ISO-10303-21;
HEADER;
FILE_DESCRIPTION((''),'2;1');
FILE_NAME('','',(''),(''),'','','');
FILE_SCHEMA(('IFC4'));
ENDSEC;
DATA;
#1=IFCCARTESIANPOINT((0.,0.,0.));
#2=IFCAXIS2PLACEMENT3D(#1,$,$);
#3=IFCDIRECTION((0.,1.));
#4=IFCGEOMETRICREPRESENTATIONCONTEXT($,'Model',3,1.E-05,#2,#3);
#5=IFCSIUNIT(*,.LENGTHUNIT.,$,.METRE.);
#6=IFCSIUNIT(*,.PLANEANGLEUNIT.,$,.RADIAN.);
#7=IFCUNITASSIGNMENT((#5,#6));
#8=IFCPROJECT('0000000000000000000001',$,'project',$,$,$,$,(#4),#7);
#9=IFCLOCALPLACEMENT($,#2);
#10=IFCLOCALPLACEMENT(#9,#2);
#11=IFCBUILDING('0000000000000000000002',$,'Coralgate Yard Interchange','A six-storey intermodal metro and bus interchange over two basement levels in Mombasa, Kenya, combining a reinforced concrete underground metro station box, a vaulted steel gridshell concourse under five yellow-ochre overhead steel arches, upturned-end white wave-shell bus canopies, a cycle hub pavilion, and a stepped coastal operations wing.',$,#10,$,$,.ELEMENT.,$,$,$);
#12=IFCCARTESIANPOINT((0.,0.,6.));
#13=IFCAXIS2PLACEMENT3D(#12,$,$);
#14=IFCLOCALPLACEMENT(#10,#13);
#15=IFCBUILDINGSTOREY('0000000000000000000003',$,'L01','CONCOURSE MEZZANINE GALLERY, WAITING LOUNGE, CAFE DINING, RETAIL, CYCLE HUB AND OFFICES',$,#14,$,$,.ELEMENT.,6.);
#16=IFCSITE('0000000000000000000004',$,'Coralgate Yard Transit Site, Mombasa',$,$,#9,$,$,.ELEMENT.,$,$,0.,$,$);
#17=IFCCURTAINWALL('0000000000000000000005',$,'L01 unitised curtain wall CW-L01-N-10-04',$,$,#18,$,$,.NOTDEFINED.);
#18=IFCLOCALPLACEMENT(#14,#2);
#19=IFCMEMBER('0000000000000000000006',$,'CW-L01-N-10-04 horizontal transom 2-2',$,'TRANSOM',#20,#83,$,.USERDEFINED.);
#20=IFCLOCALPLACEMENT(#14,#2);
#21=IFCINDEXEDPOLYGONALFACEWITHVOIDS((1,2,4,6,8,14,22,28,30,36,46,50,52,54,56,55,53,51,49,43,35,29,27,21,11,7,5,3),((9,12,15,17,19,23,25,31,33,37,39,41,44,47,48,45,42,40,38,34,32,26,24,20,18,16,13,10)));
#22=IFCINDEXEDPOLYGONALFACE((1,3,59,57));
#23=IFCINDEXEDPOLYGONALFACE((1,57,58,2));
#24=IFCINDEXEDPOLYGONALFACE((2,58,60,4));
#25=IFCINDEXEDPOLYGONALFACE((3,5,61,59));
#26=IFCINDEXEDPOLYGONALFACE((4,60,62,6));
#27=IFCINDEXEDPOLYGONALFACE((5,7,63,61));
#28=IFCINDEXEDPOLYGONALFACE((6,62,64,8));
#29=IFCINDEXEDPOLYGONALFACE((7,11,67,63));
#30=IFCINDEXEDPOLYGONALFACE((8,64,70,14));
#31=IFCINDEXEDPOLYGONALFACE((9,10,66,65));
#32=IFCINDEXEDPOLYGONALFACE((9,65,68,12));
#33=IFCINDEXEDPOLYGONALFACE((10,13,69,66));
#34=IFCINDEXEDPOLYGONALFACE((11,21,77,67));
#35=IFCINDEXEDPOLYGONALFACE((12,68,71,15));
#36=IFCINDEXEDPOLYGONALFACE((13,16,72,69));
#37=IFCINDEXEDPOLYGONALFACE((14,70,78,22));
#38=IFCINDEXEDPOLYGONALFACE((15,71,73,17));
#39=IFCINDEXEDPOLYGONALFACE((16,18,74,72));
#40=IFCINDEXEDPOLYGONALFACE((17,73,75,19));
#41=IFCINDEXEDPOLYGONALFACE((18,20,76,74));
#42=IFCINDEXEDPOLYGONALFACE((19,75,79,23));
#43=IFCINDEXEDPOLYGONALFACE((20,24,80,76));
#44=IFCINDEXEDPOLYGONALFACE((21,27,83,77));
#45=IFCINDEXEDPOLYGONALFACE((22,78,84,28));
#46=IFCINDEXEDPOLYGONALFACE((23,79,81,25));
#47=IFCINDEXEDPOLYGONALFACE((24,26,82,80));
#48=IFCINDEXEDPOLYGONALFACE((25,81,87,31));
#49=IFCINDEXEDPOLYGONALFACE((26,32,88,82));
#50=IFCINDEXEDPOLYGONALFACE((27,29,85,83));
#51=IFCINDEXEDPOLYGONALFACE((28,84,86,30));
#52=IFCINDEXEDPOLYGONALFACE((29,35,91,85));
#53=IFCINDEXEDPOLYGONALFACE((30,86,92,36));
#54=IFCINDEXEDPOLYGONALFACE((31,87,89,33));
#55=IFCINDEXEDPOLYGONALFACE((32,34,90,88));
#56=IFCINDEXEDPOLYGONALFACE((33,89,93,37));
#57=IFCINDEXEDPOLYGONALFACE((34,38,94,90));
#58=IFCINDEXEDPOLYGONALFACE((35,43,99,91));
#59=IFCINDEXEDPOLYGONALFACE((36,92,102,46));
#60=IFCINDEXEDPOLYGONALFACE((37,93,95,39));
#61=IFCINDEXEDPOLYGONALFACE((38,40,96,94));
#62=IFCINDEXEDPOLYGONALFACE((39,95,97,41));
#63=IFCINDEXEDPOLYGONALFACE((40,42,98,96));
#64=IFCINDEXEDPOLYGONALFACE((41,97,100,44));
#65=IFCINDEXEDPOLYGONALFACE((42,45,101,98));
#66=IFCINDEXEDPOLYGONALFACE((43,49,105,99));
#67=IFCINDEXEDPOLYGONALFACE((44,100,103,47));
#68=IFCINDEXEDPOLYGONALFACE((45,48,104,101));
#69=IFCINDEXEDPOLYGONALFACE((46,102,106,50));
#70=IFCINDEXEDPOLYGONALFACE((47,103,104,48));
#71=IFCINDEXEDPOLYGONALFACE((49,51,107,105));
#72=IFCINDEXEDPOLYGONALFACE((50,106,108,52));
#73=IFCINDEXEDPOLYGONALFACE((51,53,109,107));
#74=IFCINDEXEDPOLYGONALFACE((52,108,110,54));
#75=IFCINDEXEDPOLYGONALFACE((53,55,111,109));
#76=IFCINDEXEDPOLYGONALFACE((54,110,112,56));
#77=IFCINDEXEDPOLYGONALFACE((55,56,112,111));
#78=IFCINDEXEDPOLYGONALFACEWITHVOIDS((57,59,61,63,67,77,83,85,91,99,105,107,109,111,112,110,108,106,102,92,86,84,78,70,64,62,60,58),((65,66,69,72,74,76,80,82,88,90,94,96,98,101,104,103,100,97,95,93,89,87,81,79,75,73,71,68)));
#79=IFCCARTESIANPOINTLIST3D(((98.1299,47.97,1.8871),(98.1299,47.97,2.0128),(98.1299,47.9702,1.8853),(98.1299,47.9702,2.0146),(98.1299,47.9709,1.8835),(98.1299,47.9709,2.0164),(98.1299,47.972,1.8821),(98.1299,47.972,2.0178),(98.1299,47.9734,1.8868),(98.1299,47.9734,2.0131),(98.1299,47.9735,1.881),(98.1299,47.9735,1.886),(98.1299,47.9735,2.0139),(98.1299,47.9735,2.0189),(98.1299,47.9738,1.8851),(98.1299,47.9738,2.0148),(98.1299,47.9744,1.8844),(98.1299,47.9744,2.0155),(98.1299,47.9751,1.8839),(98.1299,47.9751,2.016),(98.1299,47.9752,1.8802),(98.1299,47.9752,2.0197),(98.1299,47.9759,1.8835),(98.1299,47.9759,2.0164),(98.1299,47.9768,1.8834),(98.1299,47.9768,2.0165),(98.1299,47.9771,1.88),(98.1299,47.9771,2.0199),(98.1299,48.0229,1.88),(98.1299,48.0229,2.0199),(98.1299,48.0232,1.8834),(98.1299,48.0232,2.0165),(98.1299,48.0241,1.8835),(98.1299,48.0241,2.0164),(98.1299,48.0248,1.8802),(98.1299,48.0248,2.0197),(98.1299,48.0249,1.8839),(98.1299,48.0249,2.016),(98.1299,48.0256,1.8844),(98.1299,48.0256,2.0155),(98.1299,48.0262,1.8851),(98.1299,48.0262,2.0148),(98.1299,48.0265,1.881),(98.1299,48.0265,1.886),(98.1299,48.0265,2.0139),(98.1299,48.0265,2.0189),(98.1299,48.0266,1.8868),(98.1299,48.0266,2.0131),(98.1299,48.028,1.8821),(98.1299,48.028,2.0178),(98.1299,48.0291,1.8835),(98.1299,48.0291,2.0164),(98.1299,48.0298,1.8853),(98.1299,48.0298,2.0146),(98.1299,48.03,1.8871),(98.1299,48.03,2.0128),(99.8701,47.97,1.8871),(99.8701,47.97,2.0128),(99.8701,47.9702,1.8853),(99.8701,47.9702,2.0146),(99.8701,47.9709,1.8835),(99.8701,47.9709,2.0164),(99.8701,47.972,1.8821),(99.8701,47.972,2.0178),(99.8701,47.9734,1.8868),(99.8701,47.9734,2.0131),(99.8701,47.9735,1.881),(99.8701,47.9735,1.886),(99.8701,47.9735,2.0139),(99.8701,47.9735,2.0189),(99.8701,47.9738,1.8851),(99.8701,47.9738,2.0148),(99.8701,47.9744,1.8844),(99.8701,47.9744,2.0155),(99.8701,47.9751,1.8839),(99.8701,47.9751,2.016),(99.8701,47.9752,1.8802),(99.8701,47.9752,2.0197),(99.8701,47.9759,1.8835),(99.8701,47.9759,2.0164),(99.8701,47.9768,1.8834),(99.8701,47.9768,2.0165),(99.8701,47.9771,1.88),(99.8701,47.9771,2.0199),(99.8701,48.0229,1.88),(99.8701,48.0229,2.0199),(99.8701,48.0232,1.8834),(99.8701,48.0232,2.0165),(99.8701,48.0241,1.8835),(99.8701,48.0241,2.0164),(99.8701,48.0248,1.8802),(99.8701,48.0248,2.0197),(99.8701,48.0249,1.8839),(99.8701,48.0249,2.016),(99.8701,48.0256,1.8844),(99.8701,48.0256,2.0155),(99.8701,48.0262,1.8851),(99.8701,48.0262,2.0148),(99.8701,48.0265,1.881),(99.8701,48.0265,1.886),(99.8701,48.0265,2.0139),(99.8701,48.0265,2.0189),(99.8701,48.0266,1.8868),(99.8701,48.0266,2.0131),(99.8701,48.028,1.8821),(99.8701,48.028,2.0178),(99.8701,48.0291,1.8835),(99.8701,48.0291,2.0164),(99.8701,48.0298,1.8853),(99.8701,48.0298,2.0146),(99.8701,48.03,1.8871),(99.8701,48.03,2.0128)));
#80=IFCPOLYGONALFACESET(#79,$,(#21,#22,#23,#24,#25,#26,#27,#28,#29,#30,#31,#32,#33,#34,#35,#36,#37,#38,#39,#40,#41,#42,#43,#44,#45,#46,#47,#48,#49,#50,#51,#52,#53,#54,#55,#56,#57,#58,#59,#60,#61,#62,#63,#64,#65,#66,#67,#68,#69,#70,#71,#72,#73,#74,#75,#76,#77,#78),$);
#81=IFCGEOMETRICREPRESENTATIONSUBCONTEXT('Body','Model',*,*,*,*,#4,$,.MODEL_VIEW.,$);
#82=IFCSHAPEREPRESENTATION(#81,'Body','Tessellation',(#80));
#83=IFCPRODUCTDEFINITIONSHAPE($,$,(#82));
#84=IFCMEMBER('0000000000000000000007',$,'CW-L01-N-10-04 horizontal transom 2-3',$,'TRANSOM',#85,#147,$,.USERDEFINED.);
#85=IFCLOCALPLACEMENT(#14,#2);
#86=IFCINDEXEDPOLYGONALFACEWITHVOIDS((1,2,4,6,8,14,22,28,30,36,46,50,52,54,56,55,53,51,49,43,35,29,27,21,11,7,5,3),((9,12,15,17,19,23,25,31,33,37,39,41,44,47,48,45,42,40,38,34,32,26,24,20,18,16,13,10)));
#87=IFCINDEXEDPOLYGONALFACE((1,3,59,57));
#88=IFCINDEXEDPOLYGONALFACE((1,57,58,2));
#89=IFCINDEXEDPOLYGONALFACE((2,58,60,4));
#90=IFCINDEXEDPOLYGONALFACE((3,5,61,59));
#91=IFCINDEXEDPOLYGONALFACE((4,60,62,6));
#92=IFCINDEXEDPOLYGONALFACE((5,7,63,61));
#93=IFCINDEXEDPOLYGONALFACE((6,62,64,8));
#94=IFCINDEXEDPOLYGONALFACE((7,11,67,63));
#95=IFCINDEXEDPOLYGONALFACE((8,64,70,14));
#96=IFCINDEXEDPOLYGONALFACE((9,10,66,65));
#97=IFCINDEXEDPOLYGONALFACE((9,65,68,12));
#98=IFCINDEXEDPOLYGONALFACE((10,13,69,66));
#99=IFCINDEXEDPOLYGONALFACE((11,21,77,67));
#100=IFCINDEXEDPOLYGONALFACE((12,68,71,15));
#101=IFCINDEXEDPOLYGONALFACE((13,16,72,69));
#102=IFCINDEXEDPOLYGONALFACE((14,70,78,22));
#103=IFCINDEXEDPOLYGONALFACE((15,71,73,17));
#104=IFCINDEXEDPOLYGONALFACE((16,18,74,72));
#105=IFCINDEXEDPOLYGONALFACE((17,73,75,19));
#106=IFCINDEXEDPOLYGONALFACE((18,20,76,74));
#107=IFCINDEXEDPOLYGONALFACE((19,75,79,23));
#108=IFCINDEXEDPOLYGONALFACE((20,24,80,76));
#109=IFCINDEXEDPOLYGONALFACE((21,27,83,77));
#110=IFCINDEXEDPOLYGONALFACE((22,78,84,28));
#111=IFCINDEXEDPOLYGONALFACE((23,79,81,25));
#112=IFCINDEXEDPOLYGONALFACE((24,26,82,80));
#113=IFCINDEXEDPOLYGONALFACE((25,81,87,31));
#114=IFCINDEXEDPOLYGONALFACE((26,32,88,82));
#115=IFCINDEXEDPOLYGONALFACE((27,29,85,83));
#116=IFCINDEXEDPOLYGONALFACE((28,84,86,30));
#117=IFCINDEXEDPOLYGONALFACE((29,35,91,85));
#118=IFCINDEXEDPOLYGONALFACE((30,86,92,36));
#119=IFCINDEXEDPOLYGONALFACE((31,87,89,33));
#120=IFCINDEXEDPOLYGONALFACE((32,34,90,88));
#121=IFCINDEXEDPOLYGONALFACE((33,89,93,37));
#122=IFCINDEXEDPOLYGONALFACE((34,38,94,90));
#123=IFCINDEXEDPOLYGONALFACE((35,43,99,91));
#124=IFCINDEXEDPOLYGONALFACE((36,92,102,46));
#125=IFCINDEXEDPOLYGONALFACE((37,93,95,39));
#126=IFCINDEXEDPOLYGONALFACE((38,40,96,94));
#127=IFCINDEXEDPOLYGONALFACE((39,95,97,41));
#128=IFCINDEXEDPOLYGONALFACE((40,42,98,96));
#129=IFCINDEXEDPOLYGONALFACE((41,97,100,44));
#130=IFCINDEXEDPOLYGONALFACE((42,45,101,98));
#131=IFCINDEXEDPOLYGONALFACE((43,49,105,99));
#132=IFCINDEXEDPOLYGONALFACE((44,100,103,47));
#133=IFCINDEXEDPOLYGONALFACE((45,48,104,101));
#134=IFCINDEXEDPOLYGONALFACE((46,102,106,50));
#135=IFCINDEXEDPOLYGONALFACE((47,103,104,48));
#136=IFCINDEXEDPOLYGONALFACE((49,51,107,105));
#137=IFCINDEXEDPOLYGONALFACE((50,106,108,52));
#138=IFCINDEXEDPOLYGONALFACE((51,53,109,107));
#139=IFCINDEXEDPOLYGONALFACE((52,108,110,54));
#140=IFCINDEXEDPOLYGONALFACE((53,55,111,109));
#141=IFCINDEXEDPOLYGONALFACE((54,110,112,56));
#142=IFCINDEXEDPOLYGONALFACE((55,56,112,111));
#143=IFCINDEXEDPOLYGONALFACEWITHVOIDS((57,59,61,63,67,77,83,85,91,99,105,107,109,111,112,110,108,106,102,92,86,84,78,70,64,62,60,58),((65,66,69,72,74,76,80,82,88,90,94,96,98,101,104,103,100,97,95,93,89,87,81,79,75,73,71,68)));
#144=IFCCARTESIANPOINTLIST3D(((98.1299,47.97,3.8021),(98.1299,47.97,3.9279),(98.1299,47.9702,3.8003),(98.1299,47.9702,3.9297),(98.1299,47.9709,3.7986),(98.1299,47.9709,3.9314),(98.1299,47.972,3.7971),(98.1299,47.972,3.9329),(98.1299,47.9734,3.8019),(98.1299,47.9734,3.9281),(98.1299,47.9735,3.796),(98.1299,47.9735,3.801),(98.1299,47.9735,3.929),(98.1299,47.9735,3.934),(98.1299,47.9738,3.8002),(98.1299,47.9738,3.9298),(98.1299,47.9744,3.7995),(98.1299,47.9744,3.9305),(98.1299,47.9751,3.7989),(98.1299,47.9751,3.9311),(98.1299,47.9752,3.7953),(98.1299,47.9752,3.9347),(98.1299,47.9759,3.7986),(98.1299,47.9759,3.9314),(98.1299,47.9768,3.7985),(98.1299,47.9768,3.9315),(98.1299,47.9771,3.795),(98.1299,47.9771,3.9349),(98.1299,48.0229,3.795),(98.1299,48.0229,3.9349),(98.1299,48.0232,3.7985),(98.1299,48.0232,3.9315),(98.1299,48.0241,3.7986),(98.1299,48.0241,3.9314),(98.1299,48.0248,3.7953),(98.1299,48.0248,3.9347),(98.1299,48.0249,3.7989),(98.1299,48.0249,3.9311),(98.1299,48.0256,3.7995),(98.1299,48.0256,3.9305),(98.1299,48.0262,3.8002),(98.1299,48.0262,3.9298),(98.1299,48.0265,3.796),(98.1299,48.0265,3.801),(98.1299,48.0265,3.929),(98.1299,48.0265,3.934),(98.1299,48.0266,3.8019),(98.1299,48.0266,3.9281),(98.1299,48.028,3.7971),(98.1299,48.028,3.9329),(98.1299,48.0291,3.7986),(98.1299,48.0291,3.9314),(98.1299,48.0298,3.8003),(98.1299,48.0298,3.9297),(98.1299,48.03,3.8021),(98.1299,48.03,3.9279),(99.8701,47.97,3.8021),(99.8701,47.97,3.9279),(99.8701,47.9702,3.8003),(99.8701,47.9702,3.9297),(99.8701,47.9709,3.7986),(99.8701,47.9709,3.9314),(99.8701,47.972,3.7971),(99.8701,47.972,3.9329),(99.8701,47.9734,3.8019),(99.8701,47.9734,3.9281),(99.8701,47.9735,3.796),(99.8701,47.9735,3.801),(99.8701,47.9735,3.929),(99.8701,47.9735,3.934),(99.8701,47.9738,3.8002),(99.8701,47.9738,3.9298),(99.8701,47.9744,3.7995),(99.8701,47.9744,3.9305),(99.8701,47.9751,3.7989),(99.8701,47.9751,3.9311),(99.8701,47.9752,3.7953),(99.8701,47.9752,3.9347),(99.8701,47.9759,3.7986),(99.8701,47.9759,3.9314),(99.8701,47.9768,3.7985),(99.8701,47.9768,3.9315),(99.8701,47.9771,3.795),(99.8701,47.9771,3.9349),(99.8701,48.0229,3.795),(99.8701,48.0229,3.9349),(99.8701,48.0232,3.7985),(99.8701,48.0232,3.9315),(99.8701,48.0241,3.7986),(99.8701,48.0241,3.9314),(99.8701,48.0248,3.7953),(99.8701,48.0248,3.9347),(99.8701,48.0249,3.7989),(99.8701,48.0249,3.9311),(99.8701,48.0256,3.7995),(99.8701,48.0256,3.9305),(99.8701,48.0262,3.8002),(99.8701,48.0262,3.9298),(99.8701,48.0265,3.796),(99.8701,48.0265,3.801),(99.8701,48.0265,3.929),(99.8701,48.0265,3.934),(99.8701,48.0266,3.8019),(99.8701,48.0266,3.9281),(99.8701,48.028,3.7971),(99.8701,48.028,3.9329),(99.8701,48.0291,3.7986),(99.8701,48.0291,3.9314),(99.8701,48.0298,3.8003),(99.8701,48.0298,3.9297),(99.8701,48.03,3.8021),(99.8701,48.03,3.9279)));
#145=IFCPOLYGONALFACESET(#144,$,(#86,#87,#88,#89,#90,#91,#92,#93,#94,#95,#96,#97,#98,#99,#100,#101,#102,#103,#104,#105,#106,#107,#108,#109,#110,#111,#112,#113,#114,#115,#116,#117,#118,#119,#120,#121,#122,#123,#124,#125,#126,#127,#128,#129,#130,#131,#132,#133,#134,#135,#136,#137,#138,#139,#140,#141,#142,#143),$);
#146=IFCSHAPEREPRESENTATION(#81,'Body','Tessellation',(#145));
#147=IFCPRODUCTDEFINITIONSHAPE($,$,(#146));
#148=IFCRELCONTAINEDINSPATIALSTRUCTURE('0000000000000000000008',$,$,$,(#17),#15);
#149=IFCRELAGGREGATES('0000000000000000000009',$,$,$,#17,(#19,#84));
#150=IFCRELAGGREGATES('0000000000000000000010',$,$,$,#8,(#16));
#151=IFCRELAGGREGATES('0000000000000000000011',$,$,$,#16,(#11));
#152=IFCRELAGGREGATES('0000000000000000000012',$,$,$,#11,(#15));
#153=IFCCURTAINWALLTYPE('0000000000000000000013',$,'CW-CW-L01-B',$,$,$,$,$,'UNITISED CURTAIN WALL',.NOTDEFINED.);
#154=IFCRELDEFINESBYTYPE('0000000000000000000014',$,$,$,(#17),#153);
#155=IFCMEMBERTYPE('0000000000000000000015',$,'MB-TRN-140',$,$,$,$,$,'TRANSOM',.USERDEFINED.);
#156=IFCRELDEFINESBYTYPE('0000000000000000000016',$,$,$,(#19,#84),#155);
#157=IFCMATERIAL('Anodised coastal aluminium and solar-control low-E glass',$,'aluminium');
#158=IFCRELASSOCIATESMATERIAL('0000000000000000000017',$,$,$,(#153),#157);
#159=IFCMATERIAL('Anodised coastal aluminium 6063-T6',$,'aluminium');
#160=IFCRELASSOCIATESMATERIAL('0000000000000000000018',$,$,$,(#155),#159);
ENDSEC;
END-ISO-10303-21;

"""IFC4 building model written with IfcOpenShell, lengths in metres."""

from ifc_helpers import new_model, si_unit, direction, frame, origin, origin_2d, place, context, subcontext, project, spatial, hollow_rectangle, extrude, material, material_profile, profile_set, type_object, element, aggregate, save


model = new_model("IFC4")

# Units and contexts
model_context = context("Model", 3, precision=1e-05, world=origin(), true_north=direction((0.0, 1.0)))
body_context = subcontext(model_context, "Body", "Model", "MODEL_VIEW")
ifc_project = project(units=[si_unit("LENGTHUNIT", "METRE"), si_unit("PLANEANGLEUNIT", "RADIAN")], contexts=[model_context])

# Site, building, storey
site_placement = place(None, origin())
site = spatial("IfcSite", under=ifc_project, at=site_placement, Name="Coralgate Yard Transit Site, Mombasa", CompositionType="ELEMENT", RefElevation=0.0)
building_placement = place(site_placement, origin())
building = spatial("IfcBuilding", under=site, at=building_placement, Name="Coralgate Yard Interchange", Description="A six-storey intermodal metro and bus interchange over two basement levels in Mombasa, Kenya, combining a reinforced concrete underground metro station box, a vaulted steel gridshell concourse under five yellow-ochre overhead steel arches, upturned-end white wave-shell bus canopies, a cycle hub pavilion, and a stepped coastal operations wing.", CompositionType="ELEMENT")
storey_placement = place(building_placement, frame((0.0, 0.0, 6.0)))
storey = spatial("IfcBuildingStorey", under=building, at=storey_placement, Name="L01", Description="CONCOURSE MEZZANINE GALLERY, WAITING LOUNGE, CAFE DINING, RETAIL, CYCLE HUB AND OFFICES", CompositionType="ELEMENT", Elevation=6.0)

# Curtain wall
ifc_material_1 = material(Name="Anodised coastal aluminium and solar-control low-E glass", Category="aluminium")
ifc_material_2 = material(Name="Anodised coastal aluminium 6063-T6", Category="aluminium")
curtain_wall_type_1 = type_object("IfcCurtainWallType", Name="CW-CW-L01-B", ElementType="UNITISED CURTAIN WALL", PredefinedType="NOTDEFINED", material=ifc_material_1)
curtain_wall_1_placement = place(storey_placement, origin())
curtain_wall_1 = element("IfcCurtainWall", 1, at=curtain_wall_1_placement, inside=storey, type_object=curtain_wall_type_1, Name="L01 unitised curtain wall CW-L01-N-10-04", PredefinedType="NOTDEFINED")

# Members
ifc_material_profile_1 = material_profile(ifc_material_2, hollow_rectangle(XDim=0.0601, YDim=0.1399, WallThickness=0.0034, InnerFilletRadius=0.0034, OuterFilletRadius=0.0071, at=origin_2d()), Name="ALU 60x140x3.5")
ifc_profile_set_1 = profile_set([ifc_material_profile_1], Name="Anodised coastal aluminium 6063-T6")
member_type_1 = type_object("IfcMemberType", Name="MB-TRN-140", ElementType="TRANSOM", PredefinedType="USERDEFINED", material=ifc_profile_set_1)
member_1_placement = place(storey_placement, frame((98.1299, 48.0, 1.95), z_axis=(1.0, 0.0, 0.0), x_axis=(0.0, 1.0, 0.0)))
member_1 = element("IfcMember", 2, at=member_1_placement, type_object=member_type_1, Name="CW-L01-N-10-04 horizontal transom 2-2", ObjectType="TRANSOM", PredefinedType="USERDEFINED", context=body_context, shape_type="SweptSolid", body=[
    extrude(hollow_rectangle(XDim=0.0601, YDim=0.1399, WallThickness=0.0034, InnerFilletRadius=0.0034, OuterFilletRadius=0.0071, at=origin_2d()), origin(), (0.0, 0.0, 1.0), 1.7402),
])
member_2_placement = place(storey_placement, frame((98.1299, 48.0, 3.865), z_axis=(1.0, 0.0, 0.0), x_axis=(0.0, 1.0, 0.0)))
member_2 = element("IfcMember", 3, at=member_2_placement, type_object=member_type_1, Name="CW-L01-N-10-04 horizontal transom 2-3", ObjectType="TRANSOM", PredefinedType="USERDEFINED", context=body_context, shape_type="SweptSolid", body=[
    extrude(hollow_rectangle(XDim=0.0601, YDim=0.1399, WallThickness=0.0034, InnerFilletRadius=0.0034, OuterFilletRadius=0.0071, at=origin_2d()), origin(), (0.0, 0.0, 1.0), 1.7402),
])

aggregate(curtain_wall_1, [member_1, member_2])

save(model, "model.ifc")
